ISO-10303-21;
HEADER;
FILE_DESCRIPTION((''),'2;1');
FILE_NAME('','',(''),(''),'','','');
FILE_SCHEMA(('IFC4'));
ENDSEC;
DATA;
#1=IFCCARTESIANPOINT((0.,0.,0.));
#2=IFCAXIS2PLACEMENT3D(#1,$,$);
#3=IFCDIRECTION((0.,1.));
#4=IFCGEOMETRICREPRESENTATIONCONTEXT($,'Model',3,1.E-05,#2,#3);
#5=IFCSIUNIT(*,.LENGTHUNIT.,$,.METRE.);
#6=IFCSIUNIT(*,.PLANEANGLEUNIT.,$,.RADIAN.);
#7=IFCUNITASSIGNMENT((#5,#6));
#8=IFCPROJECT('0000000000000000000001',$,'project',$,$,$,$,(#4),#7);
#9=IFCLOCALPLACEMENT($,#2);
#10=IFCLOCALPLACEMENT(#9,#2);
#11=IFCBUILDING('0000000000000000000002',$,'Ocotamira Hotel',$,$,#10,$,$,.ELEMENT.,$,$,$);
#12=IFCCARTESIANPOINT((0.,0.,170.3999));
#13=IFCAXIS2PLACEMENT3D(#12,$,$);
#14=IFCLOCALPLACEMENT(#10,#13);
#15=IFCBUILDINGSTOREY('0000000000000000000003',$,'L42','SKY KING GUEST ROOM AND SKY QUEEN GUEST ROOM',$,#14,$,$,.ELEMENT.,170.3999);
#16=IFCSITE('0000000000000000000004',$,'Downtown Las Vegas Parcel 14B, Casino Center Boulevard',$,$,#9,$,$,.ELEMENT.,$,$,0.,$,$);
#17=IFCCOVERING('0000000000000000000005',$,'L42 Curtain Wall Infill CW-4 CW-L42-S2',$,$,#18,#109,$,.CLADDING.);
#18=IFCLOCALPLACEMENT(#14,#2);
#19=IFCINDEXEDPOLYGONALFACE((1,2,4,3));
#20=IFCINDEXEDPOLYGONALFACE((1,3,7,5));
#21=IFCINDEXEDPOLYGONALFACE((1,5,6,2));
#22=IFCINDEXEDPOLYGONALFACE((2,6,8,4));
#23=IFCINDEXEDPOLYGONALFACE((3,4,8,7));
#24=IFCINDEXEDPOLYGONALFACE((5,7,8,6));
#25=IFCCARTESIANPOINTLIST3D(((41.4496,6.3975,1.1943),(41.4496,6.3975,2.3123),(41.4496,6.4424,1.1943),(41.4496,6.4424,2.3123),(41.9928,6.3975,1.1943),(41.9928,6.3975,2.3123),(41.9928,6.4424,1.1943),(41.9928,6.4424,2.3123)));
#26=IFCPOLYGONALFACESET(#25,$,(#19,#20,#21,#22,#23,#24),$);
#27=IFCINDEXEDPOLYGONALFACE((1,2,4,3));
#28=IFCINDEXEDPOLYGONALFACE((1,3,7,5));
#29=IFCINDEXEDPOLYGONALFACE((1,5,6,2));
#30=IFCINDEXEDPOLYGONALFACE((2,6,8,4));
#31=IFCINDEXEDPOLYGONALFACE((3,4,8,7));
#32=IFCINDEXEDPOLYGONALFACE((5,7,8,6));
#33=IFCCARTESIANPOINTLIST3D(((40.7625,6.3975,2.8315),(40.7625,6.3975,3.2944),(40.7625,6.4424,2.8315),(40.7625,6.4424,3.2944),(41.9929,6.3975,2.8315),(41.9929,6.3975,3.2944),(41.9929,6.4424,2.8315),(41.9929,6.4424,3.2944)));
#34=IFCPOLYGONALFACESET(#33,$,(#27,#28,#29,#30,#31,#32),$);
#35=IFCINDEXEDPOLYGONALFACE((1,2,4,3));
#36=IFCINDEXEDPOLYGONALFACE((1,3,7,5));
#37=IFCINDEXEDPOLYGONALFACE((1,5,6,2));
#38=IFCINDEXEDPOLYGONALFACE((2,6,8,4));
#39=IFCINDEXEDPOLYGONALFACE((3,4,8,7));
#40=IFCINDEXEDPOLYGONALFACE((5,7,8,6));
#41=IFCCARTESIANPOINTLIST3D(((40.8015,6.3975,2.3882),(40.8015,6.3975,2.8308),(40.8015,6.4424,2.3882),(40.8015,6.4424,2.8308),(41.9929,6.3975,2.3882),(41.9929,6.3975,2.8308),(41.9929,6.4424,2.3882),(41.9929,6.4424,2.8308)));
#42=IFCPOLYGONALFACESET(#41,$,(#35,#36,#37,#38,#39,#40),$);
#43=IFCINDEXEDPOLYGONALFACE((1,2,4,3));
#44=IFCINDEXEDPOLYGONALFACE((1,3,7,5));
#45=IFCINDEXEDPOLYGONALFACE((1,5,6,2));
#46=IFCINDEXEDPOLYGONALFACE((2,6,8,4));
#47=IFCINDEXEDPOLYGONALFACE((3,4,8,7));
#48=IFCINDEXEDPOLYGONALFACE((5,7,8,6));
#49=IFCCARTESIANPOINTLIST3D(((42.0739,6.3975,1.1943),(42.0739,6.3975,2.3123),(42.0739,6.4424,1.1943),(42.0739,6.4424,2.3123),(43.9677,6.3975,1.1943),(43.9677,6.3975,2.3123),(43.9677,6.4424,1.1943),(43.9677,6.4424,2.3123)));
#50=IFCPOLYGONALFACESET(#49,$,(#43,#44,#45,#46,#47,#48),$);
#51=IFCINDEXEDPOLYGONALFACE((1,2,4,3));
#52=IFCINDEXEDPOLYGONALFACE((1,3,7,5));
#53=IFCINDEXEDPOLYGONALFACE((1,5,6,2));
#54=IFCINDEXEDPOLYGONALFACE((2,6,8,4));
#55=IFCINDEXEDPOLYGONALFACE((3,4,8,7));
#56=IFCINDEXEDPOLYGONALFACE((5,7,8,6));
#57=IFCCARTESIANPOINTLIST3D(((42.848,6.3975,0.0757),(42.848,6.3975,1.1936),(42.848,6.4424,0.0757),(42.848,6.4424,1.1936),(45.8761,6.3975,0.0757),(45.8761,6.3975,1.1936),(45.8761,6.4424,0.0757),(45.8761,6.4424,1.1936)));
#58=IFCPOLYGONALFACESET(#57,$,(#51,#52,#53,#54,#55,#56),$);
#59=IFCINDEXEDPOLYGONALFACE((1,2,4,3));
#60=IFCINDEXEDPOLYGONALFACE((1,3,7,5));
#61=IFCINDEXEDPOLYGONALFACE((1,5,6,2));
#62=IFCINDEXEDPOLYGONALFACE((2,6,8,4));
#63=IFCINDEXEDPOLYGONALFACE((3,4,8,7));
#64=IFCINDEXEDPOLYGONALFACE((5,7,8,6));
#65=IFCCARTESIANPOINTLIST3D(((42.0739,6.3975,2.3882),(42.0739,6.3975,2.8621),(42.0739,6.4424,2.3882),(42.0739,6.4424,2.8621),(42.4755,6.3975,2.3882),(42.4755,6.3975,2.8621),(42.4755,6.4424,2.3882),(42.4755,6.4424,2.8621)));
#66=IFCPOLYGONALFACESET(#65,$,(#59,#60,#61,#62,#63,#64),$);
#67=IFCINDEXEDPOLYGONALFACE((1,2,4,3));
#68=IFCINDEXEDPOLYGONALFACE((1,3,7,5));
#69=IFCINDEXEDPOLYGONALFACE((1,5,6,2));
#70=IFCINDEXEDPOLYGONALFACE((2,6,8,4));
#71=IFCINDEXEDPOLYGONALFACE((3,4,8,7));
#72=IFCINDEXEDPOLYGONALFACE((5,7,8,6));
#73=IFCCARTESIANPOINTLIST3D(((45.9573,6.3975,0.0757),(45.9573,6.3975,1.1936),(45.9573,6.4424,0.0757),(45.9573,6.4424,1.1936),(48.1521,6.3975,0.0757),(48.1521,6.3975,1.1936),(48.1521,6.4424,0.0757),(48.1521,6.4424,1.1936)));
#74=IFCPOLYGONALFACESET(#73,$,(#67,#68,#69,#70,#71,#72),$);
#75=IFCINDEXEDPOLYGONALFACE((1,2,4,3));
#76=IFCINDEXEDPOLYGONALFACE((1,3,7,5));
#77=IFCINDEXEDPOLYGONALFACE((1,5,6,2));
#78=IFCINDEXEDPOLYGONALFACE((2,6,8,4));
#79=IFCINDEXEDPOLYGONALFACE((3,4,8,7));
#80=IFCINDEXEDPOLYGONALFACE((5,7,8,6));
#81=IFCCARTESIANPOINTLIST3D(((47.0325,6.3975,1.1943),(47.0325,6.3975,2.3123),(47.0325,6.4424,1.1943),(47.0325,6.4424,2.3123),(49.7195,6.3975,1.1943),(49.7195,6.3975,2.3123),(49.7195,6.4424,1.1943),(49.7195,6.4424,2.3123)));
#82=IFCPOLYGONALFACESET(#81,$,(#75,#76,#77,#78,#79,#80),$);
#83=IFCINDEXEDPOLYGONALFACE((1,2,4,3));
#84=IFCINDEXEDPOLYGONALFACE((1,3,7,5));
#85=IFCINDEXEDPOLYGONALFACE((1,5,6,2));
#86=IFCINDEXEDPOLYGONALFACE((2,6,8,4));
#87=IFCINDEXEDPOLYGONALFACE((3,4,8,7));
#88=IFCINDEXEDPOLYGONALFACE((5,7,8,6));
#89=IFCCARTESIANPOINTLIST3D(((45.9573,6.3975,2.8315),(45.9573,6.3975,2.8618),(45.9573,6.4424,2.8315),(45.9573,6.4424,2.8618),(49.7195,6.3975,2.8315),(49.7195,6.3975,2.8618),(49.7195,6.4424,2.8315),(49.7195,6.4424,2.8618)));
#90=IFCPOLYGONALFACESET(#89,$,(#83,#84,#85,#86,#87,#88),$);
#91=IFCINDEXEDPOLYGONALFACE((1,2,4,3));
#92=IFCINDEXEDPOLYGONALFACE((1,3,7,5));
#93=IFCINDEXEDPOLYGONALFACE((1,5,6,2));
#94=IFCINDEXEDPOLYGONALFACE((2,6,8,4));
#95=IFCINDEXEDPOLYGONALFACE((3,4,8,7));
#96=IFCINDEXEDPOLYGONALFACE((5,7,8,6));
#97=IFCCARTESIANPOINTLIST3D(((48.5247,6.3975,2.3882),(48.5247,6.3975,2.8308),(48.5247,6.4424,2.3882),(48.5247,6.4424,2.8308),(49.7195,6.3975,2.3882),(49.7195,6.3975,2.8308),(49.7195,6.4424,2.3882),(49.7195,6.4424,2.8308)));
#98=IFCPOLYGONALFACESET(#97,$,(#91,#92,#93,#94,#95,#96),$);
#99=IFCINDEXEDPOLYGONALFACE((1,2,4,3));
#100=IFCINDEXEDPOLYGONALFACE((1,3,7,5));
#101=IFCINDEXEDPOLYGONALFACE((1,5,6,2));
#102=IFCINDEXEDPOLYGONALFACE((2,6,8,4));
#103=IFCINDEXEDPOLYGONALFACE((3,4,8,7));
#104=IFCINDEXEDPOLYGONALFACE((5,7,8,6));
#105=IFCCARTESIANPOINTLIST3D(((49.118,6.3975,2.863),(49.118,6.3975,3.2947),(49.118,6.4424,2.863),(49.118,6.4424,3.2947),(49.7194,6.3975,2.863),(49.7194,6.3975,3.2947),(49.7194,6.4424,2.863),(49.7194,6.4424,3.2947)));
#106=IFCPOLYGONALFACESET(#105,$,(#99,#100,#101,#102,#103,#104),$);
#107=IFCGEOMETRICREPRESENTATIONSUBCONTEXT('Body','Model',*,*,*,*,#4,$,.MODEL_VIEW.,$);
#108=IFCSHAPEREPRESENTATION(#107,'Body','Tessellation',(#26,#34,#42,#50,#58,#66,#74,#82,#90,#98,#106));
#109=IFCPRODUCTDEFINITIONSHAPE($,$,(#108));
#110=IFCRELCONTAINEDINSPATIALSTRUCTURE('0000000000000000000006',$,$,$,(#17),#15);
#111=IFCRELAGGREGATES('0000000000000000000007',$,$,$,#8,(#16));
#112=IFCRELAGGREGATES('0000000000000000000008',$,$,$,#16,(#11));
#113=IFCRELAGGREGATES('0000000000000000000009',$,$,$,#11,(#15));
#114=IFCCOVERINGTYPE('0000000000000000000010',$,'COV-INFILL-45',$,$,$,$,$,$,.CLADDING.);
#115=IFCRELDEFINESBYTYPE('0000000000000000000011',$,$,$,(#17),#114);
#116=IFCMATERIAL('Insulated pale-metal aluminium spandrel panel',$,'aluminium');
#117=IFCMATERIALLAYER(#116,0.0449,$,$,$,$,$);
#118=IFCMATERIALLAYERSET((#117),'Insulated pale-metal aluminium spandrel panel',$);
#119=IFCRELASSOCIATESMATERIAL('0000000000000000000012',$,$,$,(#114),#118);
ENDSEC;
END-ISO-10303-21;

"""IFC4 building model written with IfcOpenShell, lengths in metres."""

from ifc_helpers import new_model, si_unit, direction, frame, origin, origin_2d, place, context, subcontext, project, spatial, rectangle, extrude, material, layer, layer_set, type_object, element, save


model = new_model("IFC4")

# Units and contexts
model_context = context("Model", 3, precision=1e-05, world=origin(), true_north=direction((0.0, 1.0)))
body_context = subcontext(model_context, "Body", "Model", "MODEL_VIEW")
ifc_project = project(units=[si_unit("LENGTHUNIT", "METRE"), si_unit("PLANEANGLEUNIT", "RADIAN")], contexts=[model_context])

# Site, building, storey
site_placement = place(None, origin())
site = spatial("IfcSite", under=ifc_project, at=site_placement, Name="Downtown Las Vegas Parcel 14B, Casino Center Boulevard", CompositionType="ELEMENT", RefElevation=0.0)
building_placement = place(site_placement, origin())
building = spatial("IfcBuilding", under=site, at=building_placement, Name="Ocotamira Hotel", CompositionType="ELEMENT")
storey_placement = place(building_placement, frame((0.0, 0.0, 170.3999)))
storey = spatial("IfcBuildingStorey", under=building, at=storey_placement, Name="L42", Description="SKY KING GUEST ROOM AND SKY QUEEN GUEST ROOM", CompositionType="ELEMENT", Elevation=170.3999)

# Covering
ifc_material_1 = material(Name="Insulated pale-metal aluminium spandrel panel", Category="aluminium")
ifc_layer_1 = layer(ifc_material_1, 0.0449)
ifc_layer_set_1 = layer_set([ifc_layer_1], Name="Insulated pale-metal aluminium spandrel panel")
covering_type_1 = type_object("IfcCoveringType", Name="COV-INFILL-45", PredefinedType="CLADDING", material=ifc_layer_set_1)
covering_1_placement = place(storey_placement, origin())
element("IfcCovering", 1, at=covering_1_placement, inside=storey, type_object=covering_type_1, Name="L42 Curtain Wall Infill CW-4 CW-L42-S2", PredefinedType="CLADDING", context=body_context, shape_type="SweptSolid", body=[
    extrude(rectangle(XDim=0.5432, YDim=0.0449, at=origin_2d()), frame((41.7212, 6.4199, 1.1943), z_axis=(0.0, 0.0, 1.0), x_axis=(1.0, 0.0, 0.0)), (0.0, 0.0, 1.0), 1.1179),
    extrude(rectangle(XDim=1.2305, YDim=0.0449, at=origin_2d()), frame((41.3777, 6.4199, 2.8315), z_axis=(0.0, 0.0, 1.0), x_axis=(1.0, 0.0, 0.0)), (0.0, 0.0, 1.0), 0.4629),
    extrude(rectangle(XDim=1.1914, YDim=0.0449, at=origin_2d()), frame((41.3972, 6.4199, 2.3882), z_axis=(0.0, 0.0, 1.0), x_axis=(1.0, 0.0, 0.0)), (0.0, 0.0, 1.0), 0.4426),
    extrude(rectangle(XDim=1.8938, YDim=0.0449, at=origin_2d()), frame((43.0208, 6.4199, 1.1943), z_axis=(0.0, 0.0, 1.0), x_axis=(1.0, 0.0, 0.0)), (0.0, 0.0, 1.0), 1.1179),
    extrude(rectangle(XDim=3.0281, YDim=0.0449, at=origin_2d()), frame((44.3621, 6.4199, 0.0757), z_axis=(0.0, 0.0, 1.0), x_axis=(1.0, 0.0, 0.0)), (0.0, 0.0, 1.0), 1.1179),
    extrude(rectangle(XDim=0.4016, YDim=0.0449, at=origin_2d()), frame((42.2747, 6.4199, 2.3882), z_axis=(0.0, 0.0, 1.0), x_axis=(1.0, 0.0, 0.0)), (0.0, 0.0, 1.0), 0.4739),
    extrude(rectangle(XDim=2.1948, YDim=0.0449, at=origin_2d()), frame((47.0547, 6.4199, 0.0757), z_axis=(0.0, 0.0, 1.0), x_axis=(1.0, 0.0, 0.0)), (0.0, 0.0, 1.0), 1.1179),
    extrude(rectangle(XDim=2.687, YDim=0.0449, at=origin_2d()), frame((48.376, 6.4199, 1.1943), z_axis=(0.0, 0.0, 1.0), x_axis=(1.0, 0.0, 0.0)), (0.0, 0.0, 1.0), 1.1179),
    extrude(rectangle(XDim=3.7622, YDim=0.0449, at=origin_2d()), frame((47.8384, 6.4199, 2.8315), z_axis=(0.0, 0.0, 1.0), x_axis=(1.0, 0.0, 0.0)), (0.0, 0.0, 1.0), 0.0303),
    extrude(rectangle(XDim=1.1948, YDim=0.0449, at=origin_2d()), frame((49.1221, 6.4199, 2.3882), z_axis=(0.0, 0.0, 1.0), x_axis=(1.0, 0.0, 0.0)), (0.0, 0.0, 1.0), 0.4426),
    extrude(rectangle(XDim=0.6013, YDim=0.0449, at=origin_2d()), frame((49.4187, 6.4199, 2.863), z_axis=(0.0, 0.0, 1.0), x_axis=(1.0, 0.0, 0.0)), (0.0, 0.0, 1.0), 0.4316),
])

save(model, "model.ifc")
